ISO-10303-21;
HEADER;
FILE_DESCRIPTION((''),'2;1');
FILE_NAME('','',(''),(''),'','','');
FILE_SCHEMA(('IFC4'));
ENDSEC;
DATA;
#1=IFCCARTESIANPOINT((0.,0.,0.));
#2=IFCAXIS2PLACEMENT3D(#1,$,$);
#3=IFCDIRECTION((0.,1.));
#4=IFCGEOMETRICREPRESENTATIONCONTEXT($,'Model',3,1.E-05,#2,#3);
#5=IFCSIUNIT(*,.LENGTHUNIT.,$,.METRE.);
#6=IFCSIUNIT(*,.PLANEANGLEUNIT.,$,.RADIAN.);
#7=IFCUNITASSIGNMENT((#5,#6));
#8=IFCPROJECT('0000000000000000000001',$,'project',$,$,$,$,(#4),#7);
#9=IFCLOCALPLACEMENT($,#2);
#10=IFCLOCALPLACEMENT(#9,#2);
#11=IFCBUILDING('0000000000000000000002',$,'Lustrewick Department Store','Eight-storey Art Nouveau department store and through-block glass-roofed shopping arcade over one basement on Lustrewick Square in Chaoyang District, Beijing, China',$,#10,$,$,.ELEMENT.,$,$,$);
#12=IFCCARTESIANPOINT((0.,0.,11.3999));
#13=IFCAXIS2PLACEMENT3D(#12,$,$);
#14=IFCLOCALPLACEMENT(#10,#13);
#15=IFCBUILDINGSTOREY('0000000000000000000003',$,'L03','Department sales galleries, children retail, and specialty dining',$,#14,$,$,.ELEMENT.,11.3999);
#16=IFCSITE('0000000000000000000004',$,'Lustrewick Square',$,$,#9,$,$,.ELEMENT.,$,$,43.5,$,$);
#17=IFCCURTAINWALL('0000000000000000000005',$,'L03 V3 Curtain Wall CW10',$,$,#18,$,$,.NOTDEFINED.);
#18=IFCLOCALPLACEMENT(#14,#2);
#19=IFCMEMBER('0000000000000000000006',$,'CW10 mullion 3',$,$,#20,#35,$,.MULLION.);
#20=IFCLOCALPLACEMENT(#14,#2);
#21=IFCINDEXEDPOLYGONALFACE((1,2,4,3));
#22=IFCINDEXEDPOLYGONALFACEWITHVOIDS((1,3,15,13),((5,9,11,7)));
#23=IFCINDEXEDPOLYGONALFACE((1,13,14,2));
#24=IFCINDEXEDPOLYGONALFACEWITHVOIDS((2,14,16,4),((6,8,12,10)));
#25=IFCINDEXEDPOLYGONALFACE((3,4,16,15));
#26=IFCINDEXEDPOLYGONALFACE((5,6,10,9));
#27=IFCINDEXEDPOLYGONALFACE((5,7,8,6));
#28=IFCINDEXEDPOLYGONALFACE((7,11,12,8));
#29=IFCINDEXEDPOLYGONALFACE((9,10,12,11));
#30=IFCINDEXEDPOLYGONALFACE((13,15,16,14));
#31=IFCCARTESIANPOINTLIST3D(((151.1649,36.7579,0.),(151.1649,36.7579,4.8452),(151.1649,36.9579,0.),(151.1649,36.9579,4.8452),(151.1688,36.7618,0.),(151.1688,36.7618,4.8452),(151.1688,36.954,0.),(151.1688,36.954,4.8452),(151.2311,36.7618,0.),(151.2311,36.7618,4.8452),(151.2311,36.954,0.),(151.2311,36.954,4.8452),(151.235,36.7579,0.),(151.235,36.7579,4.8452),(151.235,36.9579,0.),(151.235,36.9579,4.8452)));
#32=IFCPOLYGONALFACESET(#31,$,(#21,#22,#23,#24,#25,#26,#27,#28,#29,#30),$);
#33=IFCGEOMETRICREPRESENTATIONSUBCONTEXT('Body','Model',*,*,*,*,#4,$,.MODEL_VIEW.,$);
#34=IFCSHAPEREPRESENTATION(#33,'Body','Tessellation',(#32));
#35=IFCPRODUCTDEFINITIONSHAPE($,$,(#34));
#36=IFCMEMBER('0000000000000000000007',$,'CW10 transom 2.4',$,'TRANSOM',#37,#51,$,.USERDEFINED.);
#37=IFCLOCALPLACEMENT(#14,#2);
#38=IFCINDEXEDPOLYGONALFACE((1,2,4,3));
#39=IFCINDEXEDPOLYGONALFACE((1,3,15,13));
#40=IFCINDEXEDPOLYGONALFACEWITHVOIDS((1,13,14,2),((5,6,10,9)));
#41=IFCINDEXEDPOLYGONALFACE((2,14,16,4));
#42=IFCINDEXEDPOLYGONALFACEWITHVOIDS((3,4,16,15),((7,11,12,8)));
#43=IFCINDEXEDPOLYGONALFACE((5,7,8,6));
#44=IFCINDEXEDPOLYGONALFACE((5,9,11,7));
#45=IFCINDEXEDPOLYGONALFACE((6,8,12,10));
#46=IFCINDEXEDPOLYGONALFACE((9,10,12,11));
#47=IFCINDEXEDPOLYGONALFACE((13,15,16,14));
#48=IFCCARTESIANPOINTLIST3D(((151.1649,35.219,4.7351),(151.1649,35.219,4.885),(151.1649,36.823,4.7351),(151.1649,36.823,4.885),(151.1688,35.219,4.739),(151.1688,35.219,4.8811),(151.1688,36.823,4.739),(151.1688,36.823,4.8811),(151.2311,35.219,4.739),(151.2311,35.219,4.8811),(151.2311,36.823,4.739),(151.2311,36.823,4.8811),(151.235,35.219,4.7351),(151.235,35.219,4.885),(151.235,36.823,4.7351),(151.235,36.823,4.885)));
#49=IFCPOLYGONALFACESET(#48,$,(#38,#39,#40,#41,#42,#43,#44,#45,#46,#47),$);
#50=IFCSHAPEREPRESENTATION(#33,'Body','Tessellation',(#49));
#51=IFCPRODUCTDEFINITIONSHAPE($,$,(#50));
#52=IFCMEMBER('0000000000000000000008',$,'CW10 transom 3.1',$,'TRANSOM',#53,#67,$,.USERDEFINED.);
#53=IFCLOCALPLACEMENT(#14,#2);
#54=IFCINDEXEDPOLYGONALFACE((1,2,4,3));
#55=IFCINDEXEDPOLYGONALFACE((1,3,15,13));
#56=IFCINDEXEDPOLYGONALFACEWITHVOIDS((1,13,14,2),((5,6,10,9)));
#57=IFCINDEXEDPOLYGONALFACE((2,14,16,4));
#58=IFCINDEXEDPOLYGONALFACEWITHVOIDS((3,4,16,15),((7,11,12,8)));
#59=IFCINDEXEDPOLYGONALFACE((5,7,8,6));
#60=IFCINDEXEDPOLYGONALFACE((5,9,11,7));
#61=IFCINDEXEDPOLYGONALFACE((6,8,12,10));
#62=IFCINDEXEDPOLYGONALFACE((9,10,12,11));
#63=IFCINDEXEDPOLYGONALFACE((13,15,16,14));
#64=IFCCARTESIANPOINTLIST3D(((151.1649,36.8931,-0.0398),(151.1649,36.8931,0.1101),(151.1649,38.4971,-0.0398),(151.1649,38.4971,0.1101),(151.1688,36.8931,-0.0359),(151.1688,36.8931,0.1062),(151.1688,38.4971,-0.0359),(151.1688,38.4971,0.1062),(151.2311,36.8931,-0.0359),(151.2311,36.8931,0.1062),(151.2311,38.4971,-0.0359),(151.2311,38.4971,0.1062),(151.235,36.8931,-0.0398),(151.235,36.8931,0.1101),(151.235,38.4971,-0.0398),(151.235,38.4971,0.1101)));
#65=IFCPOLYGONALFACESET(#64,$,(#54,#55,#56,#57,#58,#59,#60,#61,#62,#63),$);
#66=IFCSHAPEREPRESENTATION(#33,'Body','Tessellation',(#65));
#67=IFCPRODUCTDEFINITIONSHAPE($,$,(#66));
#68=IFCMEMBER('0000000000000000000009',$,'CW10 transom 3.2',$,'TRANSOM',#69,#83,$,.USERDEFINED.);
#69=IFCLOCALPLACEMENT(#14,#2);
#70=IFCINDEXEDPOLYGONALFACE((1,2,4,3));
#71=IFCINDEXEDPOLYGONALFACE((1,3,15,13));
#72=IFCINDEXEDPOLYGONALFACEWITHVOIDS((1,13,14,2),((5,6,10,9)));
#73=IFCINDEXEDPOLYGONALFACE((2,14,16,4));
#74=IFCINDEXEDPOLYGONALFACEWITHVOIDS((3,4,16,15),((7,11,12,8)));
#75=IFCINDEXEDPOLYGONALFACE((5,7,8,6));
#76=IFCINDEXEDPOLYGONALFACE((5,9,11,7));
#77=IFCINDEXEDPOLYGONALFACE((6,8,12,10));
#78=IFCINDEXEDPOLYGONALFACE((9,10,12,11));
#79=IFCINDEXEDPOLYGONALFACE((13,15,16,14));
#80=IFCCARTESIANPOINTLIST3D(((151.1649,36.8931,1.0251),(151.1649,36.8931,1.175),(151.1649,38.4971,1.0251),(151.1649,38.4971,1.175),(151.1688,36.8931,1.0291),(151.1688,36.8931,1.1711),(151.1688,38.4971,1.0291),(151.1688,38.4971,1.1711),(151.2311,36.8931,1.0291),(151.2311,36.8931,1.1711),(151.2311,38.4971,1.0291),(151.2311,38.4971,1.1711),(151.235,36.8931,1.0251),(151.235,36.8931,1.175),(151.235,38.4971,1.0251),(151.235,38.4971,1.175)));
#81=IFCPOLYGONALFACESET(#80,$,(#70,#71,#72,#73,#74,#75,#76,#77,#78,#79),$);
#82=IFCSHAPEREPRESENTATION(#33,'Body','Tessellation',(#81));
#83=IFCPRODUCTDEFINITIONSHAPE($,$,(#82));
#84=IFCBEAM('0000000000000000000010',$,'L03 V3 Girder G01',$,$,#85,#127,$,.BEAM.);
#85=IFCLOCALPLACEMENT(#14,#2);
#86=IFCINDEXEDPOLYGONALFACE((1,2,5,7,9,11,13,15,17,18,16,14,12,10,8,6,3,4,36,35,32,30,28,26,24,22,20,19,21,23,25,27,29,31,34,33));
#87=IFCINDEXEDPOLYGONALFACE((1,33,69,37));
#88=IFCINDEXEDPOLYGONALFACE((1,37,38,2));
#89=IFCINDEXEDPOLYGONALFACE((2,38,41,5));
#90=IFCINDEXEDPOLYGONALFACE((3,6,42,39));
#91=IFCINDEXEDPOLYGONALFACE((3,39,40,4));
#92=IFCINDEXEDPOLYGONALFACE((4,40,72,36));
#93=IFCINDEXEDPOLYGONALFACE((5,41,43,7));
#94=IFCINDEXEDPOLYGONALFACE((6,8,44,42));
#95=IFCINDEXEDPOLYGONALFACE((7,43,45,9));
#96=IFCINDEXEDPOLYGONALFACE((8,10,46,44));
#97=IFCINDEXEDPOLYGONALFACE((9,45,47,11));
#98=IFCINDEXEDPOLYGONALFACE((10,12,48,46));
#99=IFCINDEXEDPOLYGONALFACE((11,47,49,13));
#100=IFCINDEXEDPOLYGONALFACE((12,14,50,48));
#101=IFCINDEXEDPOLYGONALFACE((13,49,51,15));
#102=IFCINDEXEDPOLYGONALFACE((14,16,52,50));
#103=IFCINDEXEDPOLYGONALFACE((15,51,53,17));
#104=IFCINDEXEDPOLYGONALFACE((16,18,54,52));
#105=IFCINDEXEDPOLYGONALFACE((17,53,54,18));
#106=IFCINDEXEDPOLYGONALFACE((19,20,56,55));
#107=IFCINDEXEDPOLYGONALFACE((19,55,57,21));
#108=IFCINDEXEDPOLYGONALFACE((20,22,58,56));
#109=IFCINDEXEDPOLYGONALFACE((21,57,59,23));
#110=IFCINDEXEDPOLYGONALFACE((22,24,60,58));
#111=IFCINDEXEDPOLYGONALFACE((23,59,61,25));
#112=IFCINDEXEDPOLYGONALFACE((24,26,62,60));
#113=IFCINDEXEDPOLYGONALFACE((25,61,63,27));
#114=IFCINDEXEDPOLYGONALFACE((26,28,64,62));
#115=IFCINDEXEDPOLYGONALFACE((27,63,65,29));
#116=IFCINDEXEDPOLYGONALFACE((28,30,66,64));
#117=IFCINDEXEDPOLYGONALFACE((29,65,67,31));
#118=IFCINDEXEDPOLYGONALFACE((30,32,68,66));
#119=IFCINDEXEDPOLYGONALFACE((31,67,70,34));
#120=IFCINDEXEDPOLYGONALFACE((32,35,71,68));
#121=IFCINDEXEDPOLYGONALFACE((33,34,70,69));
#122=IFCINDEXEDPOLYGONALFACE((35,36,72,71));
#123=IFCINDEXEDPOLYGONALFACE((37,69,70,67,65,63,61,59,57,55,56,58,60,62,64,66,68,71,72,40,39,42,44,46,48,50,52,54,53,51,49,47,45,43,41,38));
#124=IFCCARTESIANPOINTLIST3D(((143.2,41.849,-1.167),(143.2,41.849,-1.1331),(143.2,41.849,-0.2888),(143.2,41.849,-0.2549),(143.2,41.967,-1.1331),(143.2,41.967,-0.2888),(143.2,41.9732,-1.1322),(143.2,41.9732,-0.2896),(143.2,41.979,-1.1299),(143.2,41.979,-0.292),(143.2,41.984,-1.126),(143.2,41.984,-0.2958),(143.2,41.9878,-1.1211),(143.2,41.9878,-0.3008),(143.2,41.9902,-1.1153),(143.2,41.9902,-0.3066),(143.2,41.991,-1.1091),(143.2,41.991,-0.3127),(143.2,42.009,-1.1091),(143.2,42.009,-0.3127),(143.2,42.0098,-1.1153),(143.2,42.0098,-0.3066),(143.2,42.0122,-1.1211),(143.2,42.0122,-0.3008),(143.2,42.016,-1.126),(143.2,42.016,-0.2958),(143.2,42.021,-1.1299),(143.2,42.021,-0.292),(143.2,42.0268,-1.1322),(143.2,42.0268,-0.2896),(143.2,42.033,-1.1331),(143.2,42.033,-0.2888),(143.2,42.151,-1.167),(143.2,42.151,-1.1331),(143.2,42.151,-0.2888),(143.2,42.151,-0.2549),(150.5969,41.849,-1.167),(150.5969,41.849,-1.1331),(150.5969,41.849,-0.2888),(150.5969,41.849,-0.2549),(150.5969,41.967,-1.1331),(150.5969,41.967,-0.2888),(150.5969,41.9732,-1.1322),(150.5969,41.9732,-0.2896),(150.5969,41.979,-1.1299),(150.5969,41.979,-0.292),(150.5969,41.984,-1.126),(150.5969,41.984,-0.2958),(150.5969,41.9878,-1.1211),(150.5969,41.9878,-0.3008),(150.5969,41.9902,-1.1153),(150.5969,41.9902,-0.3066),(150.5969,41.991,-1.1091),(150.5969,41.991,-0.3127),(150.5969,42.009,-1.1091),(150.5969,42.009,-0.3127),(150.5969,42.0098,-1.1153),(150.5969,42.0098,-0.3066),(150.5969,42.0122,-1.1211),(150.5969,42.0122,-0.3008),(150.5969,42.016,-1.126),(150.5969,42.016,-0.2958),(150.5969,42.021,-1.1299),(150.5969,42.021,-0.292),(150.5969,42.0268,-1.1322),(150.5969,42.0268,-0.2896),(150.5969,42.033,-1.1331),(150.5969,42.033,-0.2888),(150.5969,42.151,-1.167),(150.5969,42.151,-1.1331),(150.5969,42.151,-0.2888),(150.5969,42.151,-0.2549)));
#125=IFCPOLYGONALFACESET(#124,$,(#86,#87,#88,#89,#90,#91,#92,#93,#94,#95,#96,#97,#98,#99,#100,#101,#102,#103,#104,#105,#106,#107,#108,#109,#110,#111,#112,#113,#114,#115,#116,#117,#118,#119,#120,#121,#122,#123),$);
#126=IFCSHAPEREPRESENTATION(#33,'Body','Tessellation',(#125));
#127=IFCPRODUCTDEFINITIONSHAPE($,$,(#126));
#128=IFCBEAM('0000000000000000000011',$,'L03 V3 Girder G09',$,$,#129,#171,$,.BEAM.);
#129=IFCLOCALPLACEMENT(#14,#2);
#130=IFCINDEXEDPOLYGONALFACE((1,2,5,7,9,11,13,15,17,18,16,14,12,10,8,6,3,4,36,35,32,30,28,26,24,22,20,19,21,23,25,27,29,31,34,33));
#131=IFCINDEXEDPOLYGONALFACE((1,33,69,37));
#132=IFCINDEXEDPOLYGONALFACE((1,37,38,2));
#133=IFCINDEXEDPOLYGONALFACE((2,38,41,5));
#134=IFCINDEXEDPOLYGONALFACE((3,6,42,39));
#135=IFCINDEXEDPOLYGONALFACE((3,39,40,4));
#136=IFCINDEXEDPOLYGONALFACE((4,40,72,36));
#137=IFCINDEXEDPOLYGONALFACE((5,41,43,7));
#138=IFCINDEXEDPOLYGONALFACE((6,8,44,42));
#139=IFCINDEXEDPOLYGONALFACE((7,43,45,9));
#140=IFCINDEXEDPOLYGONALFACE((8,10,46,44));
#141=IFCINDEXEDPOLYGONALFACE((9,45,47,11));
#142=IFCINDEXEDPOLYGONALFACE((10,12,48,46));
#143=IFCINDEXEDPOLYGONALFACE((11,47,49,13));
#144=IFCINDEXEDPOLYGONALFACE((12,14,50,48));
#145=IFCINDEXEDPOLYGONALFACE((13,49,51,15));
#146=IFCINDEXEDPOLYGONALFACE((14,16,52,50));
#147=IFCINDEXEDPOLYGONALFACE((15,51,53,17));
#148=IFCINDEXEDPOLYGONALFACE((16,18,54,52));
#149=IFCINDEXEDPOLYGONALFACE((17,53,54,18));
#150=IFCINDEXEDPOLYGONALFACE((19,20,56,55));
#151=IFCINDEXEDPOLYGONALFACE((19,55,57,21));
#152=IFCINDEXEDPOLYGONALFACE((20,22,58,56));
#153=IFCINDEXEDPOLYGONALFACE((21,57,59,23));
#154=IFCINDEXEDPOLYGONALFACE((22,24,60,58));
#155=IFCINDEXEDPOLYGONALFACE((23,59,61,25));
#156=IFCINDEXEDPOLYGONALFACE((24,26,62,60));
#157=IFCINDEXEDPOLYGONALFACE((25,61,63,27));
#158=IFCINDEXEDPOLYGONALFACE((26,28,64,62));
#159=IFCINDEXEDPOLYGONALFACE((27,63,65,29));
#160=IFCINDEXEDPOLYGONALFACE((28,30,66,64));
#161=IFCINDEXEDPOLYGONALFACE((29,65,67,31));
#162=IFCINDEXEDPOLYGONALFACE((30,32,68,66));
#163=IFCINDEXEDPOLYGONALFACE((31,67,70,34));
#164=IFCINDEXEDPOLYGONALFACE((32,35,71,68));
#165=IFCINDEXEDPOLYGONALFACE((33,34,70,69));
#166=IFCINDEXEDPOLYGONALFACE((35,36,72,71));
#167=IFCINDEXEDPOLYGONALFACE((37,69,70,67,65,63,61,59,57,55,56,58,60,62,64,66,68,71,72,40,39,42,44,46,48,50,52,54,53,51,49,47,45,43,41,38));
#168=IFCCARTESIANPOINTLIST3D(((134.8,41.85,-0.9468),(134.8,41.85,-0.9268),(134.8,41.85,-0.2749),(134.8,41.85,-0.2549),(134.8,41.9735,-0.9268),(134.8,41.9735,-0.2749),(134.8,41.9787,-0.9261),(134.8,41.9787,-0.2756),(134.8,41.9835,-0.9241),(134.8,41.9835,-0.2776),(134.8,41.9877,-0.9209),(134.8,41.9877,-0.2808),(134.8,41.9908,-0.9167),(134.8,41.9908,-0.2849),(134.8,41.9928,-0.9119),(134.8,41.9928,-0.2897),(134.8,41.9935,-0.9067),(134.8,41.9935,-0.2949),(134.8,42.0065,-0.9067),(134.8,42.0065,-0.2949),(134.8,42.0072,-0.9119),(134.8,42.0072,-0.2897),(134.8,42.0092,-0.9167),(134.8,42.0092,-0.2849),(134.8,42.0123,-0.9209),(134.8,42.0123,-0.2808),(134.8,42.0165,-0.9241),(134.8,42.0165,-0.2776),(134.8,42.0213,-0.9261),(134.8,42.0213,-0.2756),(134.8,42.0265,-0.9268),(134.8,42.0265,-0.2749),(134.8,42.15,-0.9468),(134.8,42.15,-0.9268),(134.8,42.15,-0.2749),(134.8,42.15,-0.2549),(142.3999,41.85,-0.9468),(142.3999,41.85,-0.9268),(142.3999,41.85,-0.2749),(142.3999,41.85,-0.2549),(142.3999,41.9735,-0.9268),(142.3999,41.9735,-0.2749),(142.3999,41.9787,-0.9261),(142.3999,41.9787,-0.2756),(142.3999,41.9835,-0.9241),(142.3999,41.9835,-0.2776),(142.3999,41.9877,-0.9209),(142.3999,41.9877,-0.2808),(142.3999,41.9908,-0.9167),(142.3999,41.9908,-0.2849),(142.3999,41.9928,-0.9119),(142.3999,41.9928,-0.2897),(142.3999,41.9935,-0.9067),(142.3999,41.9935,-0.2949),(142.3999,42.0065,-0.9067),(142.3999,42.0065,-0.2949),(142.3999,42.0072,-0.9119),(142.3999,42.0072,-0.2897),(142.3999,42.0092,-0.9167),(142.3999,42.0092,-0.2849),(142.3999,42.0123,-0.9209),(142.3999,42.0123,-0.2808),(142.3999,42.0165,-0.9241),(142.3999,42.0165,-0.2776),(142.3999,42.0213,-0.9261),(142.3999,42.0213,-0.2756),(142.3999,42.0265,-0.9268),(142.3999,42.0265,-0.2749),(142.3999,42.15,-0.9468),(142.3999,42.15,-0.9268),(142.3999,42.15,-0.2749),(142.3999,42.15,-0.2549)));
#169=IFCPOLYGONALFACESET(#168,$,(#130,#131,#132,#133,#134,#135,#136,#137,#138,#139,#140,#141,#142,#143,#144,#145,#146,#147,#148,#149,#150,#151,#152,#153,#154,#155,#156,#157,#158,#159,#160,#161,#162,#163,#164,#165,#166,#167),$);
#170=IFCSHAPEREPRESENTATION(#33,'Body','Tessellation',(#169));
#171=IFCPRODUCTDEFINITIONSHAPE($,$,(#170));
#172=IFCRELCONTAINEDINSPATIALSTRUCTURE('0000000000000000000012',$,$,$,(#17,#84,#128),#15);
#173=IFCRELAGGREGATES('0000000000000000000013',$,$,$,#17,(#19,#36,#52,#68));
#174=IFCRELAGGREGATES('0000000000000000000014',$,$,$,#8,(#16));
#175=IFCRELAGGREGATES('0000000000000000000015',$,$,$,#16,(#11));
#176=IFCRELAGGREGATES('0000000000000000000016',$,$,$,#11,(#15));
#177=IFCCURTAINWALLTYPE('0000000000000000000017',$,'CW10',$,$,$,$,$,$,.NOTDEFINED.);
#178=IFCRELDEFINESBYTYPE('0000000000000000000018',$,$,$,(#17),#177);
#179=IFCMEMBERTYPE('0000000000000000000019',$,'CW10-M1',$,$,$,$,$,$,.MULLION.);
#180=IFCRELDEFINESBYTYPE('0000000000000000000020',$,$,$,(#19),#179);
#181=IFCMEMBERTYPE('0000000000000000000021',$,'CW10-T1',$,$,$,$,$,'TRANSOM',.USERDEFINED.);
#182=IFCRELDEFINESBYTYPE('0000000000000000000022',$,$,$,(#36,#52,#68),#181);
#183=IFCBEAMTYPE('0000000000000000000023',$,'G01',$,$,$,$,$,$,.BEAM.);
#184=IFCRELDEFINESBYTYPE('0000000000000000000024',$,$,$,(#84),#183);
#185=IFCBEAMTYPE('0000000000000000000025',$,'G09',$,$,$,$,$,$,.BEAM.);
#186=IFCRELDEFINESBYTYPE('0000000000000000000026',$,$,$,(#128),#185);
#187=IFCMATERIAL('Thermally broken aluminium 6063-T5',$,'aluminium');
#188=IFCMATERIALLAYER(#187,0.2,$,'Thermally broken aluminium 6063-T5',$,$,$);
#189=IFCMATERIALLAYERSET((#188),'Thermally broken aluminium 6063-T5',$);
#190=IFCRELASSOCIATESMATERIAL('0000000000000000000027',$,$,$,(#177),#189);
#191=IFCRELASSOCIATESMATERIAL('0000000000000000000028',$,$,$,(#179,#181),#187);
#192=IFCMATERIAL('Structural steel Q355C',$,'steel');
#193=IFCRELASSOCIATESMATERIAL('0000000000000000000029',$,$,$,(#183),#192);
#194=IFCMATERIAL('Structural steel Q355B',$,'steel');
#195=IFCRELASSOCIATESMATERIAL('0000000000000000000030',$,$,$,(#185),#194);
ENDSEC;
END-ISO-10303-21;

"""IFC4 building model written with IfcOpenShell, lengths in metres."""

from ifc_helpers import new_model, si_unit, direction, frame, origin, origin_2d, place, context, subcontext, project, spatial, hollow_rectangle, i_section, extrude, material, layer, layer_set, material_profile, profile_set, type_object, element, aggregate, save


model = new_model("IFC4")

# Units and contexts
model_context = context("Model", 3, precision=1e-05, world=origin(), true_north=direction((0.0, 1.0)))
body_context = subcontext(model_context, "Body", "Model", "MODEL_VIEW")
ifc_project = project(units=[si_unit("LENGTHUNIT", "METRE"), si_unit("PLANEANGLEUNIT", "RADIAN")], contexts=[model_context])

# Site, building, storey
site_placement = place(None, origin())
site = spatial("IfcSite", under=ifc_project, at=site_placement, Name="Lustrewick Square", CompositionType="ELEMENT", RefElevation=43.5)
building_placement = place(site_placement, origin())
building = spatial("IfcBuilding", under=site, at=building_placement, Name="Lustrewick Department Store", Description="Eight-storey Art Nouveau department store and through-block glass-roofed shopping arcade over one basement on Lustrewick Square in Chaoyang District, Beijing, China", CompositionType="ELEMENT")
storey_placement = place(building_placement, frame((0.0, 0.0, 11.3999)))
storey = spatial("IfcBuildingStorey", under=building, at=storey_placement, Name="L03", Description="Department sales galleries, children retail, and specialty dining", CompositionType="ELEMENT", Elevation=11.3999)

# Shared definitions
ifc_material_1 = material(Name="Structural steel Q355B", Category="steel")
ifc_material_2 = material(Name="Structural steel Q355C", Category="steel")

# Curtain wall, members
ifc_material_3 = material(Name="Thermally broken aluminium 6063-T5", Category="aluminium")
ifc_layer_1 = layer(ifc_material_3, 0.2, Name="Thermally broken aluminium 6063-T5")
ifc_layer_set_1 = layer_set([ifc_layer_1], Name="Thermally broken aluminium 6063-T5")
curtain_wall_type = type_object("IfcCurtainWallType", Name="CW10", PredefinedType="NOTDEFINED", material=ifc_layer_set_1)
curtain_wall_placement = place(storey_placement, origin())
curtain_wall = element("IfcCurtainWall", 1, at=curtain_wall_placement, inside=storey, type_object=curtain_wall_type, Name="L03 V3 Curtain Wall CW10", PredefinedType="NOTDEFINED")
ifc_material_profile_1 = material_profile(ifc_material_3, hollow_rectangle(XDim=0.0701, YDim=0.2, WallThickness=0.0039, at=origin_2d()), Name="ALU-M 70x200x4")
ifc_profile_set_1 = profile_set([ifc_material_profile_1], Name="Thermally broken aluminium 6063-T5")
member_type_1 = type_object("IfcMemberType", Name="CW10-M1", PredefinedType="MULLION", material=ifc_profile_set_1)
member_1_placement = place(storey_placement, frame((151.2, 36.8579, 0.0), z_axis=(0.0, 0.0, 1.0), x_axis=(-1.0, 0.0, 0.0)))
member_1 = element("IfcMember", 2, at=member_1_placement, type_object=member_type_1, Name="CW10 mullion 3", PredefinedType="MULLION", context=body_context, shape_type="SweptSolid", body=[
    extrude(hollow_rectangle(XDim=0.0701, YDim=0.2, WallThickness=0.0039, at=origin_2d()), origin(), (0.0, 0.0, 1.0), 4.8452),
])
ifc_material_profile_2 = material_profile(ifc_material_3, hollow_rectangle(XDim=0.0701, YDim=0.1499, WallThickness=0.0039, at=origin_2d()), Name="ALU-T 70x150x4")
ifc_profile_set_2 = profile_set([ifc_material_profile_2], Name="Thermally broken aluminium 6063-T5")
member_type_2 = type_object("IfcMemberType", Name="CW10-T1", ElementType="TRANSOM", PredefinedType="USERDEFINED", material=ifc_profile_set_2)
member_2_placement = place(storey_placement, frame((151.2, 35.219, 4.8101), z_axis=(0.0, 1.0, 0.0), x_axis=(-1.0, 0.0, 0.0)))
member_2 = element("IfcMember", 3, at=member_2_placement, type_object=member_type_2, Name="CW10 transom 2.4", ObjectType="TRANSOM", PredefinedType="USERDEFINED", context=body_context, shape_type="SweptSolid", body=[
    extrude(hollow_rectangle(XDim=0.0701, YDim=0.1499, WallThickness=0.0039, at=origin_2d()), origin(), (0.0, 0.0, 1.0), 1.604),
])
member_3_placement = place(storey_placement, frame((151.2, 36.8931, 0.0352), z_axis=(0.0, 1.0, 0.0), x_axis=(-1.0, 0.0, 0.0)))
member_3 = element("IfcMember", 4, at=member_3_placement, type_object=member_type_2, Name="CW10 transom 3.1", ObjectType="TRANSOM", PredefinedType="USERDEFINED", context=body_context, shape_type="SweptSolid", body=[
    extrude(hollow_rectangle(XDim=0.0701, YDim=0.1499, WallThickness=0.0039, at=origin_2d()), origin(), (0.0, 0.0, 1.0), 1.604),
])
member_4_placement = place(storey_placement, frame((151.2, 36.8931, 1.1001), z_axis=(0.0, 1.0, 0.0), x_axis=(-1.0, 0.0, 0.0)))
member_4 = element("IfcMember", 5, at=member_4_placement, type_object=member_type_2, Name="CW10 transom 3.2", ObjectType="TRANSOM", PredefinedType="USERDEFINED", context=body_context, shape_type="SweptSolid", body=[
    extrude(hollow_rectangle(XDim=0.0701, YDim=0.1499, WallThickness=0.0039, at=origin_2d()), origin(), (0.0, 0.0, 1.0), 1.604),
])

# Beams
ifc_material_profile_3 = material_profile(ifc_material_2, i_section(OverallWidth=0.302, OverallDepth=0.9121, WebThickness=0.0181, FlangeThickness=0.0339, FilletRadius=0.0239, at=origin_2d()), Name="HN 912x302x18x34")
ifc_profile_set_3 = profile_set([ifc_material_profile_3], Name="Structural steel Q355C")
beam_type_1 = type_object("IfcBeamType", Name="G01", PredefinedType="BEAM", material=ifc_profile_set_3)
beam_1_placement = place(storey_placement, frame((143.2, 42.0, -0.7109), z_axis=(1.0, 0.0, 0.0), x_axis=(0.0, 1.0, 0.0)))
element("IfcBeam", 6, at=beam_1_placement, inside=storey, type_object=beam_type_1, Name="L03 V3 Girder G01", PredefinedType="BEAM", context=body_context, shape_type="SweptSolid", body=[
    extrude(i_section(OverallWidth=0.302, OverallDepth=0.9121, WebThickness=0.0181, FlangeThickness=0.0339, FilletRadius=0.0239, at=origin_2d()), origin(), (0.0, 0.0, 1.0), 7.397),
])
ifc_material_profile_4 = material_profile(ifc_material_1, i_section(OverallWidth=0.3, OverallDepth=0.6919, WebThickness=0.0129, FlangeThickness=0.02, FilletRadius=0.02, at=origin_2d()), Name="HN 692x300x13x20")
ifc_profile_set_4 = profile_set([ifc_material_profile_4], Name="Structural steel Q355B")
beam_type_2 = type_object("IfcBeamType", Name="G09", PredefinedType="BEAM", material=ifc_profile_set_4)
beam_2_placement = place(storey_placement, frame((134.8, 42.0, -0.6008), z_axis=(1.0, 0.0, 0.0), x_axis=(0.0, 1.0, 0.0)))
element("IfcBeam", 7, at=beam_2_placement, inside=storey, type_object=beam_type_2, Name="L03 V3 Girder G09", PredefinedType="BEAM", context=body_context, shape_type="SweptSolid", body=[
    extrude(i_section(OverallWidth=0.3, OverallDepth=0.6919, WebThickness=0.0129, FlangeThickness=0.02, FilletRadius=0.02, at=origin_2d()), origin(), (0.0, 0.0, 1.0), 7.5999),
])

aggregate(curtain_wall, [member_1, member_2, member_3, member_4])

save(model, "model.ifc")
